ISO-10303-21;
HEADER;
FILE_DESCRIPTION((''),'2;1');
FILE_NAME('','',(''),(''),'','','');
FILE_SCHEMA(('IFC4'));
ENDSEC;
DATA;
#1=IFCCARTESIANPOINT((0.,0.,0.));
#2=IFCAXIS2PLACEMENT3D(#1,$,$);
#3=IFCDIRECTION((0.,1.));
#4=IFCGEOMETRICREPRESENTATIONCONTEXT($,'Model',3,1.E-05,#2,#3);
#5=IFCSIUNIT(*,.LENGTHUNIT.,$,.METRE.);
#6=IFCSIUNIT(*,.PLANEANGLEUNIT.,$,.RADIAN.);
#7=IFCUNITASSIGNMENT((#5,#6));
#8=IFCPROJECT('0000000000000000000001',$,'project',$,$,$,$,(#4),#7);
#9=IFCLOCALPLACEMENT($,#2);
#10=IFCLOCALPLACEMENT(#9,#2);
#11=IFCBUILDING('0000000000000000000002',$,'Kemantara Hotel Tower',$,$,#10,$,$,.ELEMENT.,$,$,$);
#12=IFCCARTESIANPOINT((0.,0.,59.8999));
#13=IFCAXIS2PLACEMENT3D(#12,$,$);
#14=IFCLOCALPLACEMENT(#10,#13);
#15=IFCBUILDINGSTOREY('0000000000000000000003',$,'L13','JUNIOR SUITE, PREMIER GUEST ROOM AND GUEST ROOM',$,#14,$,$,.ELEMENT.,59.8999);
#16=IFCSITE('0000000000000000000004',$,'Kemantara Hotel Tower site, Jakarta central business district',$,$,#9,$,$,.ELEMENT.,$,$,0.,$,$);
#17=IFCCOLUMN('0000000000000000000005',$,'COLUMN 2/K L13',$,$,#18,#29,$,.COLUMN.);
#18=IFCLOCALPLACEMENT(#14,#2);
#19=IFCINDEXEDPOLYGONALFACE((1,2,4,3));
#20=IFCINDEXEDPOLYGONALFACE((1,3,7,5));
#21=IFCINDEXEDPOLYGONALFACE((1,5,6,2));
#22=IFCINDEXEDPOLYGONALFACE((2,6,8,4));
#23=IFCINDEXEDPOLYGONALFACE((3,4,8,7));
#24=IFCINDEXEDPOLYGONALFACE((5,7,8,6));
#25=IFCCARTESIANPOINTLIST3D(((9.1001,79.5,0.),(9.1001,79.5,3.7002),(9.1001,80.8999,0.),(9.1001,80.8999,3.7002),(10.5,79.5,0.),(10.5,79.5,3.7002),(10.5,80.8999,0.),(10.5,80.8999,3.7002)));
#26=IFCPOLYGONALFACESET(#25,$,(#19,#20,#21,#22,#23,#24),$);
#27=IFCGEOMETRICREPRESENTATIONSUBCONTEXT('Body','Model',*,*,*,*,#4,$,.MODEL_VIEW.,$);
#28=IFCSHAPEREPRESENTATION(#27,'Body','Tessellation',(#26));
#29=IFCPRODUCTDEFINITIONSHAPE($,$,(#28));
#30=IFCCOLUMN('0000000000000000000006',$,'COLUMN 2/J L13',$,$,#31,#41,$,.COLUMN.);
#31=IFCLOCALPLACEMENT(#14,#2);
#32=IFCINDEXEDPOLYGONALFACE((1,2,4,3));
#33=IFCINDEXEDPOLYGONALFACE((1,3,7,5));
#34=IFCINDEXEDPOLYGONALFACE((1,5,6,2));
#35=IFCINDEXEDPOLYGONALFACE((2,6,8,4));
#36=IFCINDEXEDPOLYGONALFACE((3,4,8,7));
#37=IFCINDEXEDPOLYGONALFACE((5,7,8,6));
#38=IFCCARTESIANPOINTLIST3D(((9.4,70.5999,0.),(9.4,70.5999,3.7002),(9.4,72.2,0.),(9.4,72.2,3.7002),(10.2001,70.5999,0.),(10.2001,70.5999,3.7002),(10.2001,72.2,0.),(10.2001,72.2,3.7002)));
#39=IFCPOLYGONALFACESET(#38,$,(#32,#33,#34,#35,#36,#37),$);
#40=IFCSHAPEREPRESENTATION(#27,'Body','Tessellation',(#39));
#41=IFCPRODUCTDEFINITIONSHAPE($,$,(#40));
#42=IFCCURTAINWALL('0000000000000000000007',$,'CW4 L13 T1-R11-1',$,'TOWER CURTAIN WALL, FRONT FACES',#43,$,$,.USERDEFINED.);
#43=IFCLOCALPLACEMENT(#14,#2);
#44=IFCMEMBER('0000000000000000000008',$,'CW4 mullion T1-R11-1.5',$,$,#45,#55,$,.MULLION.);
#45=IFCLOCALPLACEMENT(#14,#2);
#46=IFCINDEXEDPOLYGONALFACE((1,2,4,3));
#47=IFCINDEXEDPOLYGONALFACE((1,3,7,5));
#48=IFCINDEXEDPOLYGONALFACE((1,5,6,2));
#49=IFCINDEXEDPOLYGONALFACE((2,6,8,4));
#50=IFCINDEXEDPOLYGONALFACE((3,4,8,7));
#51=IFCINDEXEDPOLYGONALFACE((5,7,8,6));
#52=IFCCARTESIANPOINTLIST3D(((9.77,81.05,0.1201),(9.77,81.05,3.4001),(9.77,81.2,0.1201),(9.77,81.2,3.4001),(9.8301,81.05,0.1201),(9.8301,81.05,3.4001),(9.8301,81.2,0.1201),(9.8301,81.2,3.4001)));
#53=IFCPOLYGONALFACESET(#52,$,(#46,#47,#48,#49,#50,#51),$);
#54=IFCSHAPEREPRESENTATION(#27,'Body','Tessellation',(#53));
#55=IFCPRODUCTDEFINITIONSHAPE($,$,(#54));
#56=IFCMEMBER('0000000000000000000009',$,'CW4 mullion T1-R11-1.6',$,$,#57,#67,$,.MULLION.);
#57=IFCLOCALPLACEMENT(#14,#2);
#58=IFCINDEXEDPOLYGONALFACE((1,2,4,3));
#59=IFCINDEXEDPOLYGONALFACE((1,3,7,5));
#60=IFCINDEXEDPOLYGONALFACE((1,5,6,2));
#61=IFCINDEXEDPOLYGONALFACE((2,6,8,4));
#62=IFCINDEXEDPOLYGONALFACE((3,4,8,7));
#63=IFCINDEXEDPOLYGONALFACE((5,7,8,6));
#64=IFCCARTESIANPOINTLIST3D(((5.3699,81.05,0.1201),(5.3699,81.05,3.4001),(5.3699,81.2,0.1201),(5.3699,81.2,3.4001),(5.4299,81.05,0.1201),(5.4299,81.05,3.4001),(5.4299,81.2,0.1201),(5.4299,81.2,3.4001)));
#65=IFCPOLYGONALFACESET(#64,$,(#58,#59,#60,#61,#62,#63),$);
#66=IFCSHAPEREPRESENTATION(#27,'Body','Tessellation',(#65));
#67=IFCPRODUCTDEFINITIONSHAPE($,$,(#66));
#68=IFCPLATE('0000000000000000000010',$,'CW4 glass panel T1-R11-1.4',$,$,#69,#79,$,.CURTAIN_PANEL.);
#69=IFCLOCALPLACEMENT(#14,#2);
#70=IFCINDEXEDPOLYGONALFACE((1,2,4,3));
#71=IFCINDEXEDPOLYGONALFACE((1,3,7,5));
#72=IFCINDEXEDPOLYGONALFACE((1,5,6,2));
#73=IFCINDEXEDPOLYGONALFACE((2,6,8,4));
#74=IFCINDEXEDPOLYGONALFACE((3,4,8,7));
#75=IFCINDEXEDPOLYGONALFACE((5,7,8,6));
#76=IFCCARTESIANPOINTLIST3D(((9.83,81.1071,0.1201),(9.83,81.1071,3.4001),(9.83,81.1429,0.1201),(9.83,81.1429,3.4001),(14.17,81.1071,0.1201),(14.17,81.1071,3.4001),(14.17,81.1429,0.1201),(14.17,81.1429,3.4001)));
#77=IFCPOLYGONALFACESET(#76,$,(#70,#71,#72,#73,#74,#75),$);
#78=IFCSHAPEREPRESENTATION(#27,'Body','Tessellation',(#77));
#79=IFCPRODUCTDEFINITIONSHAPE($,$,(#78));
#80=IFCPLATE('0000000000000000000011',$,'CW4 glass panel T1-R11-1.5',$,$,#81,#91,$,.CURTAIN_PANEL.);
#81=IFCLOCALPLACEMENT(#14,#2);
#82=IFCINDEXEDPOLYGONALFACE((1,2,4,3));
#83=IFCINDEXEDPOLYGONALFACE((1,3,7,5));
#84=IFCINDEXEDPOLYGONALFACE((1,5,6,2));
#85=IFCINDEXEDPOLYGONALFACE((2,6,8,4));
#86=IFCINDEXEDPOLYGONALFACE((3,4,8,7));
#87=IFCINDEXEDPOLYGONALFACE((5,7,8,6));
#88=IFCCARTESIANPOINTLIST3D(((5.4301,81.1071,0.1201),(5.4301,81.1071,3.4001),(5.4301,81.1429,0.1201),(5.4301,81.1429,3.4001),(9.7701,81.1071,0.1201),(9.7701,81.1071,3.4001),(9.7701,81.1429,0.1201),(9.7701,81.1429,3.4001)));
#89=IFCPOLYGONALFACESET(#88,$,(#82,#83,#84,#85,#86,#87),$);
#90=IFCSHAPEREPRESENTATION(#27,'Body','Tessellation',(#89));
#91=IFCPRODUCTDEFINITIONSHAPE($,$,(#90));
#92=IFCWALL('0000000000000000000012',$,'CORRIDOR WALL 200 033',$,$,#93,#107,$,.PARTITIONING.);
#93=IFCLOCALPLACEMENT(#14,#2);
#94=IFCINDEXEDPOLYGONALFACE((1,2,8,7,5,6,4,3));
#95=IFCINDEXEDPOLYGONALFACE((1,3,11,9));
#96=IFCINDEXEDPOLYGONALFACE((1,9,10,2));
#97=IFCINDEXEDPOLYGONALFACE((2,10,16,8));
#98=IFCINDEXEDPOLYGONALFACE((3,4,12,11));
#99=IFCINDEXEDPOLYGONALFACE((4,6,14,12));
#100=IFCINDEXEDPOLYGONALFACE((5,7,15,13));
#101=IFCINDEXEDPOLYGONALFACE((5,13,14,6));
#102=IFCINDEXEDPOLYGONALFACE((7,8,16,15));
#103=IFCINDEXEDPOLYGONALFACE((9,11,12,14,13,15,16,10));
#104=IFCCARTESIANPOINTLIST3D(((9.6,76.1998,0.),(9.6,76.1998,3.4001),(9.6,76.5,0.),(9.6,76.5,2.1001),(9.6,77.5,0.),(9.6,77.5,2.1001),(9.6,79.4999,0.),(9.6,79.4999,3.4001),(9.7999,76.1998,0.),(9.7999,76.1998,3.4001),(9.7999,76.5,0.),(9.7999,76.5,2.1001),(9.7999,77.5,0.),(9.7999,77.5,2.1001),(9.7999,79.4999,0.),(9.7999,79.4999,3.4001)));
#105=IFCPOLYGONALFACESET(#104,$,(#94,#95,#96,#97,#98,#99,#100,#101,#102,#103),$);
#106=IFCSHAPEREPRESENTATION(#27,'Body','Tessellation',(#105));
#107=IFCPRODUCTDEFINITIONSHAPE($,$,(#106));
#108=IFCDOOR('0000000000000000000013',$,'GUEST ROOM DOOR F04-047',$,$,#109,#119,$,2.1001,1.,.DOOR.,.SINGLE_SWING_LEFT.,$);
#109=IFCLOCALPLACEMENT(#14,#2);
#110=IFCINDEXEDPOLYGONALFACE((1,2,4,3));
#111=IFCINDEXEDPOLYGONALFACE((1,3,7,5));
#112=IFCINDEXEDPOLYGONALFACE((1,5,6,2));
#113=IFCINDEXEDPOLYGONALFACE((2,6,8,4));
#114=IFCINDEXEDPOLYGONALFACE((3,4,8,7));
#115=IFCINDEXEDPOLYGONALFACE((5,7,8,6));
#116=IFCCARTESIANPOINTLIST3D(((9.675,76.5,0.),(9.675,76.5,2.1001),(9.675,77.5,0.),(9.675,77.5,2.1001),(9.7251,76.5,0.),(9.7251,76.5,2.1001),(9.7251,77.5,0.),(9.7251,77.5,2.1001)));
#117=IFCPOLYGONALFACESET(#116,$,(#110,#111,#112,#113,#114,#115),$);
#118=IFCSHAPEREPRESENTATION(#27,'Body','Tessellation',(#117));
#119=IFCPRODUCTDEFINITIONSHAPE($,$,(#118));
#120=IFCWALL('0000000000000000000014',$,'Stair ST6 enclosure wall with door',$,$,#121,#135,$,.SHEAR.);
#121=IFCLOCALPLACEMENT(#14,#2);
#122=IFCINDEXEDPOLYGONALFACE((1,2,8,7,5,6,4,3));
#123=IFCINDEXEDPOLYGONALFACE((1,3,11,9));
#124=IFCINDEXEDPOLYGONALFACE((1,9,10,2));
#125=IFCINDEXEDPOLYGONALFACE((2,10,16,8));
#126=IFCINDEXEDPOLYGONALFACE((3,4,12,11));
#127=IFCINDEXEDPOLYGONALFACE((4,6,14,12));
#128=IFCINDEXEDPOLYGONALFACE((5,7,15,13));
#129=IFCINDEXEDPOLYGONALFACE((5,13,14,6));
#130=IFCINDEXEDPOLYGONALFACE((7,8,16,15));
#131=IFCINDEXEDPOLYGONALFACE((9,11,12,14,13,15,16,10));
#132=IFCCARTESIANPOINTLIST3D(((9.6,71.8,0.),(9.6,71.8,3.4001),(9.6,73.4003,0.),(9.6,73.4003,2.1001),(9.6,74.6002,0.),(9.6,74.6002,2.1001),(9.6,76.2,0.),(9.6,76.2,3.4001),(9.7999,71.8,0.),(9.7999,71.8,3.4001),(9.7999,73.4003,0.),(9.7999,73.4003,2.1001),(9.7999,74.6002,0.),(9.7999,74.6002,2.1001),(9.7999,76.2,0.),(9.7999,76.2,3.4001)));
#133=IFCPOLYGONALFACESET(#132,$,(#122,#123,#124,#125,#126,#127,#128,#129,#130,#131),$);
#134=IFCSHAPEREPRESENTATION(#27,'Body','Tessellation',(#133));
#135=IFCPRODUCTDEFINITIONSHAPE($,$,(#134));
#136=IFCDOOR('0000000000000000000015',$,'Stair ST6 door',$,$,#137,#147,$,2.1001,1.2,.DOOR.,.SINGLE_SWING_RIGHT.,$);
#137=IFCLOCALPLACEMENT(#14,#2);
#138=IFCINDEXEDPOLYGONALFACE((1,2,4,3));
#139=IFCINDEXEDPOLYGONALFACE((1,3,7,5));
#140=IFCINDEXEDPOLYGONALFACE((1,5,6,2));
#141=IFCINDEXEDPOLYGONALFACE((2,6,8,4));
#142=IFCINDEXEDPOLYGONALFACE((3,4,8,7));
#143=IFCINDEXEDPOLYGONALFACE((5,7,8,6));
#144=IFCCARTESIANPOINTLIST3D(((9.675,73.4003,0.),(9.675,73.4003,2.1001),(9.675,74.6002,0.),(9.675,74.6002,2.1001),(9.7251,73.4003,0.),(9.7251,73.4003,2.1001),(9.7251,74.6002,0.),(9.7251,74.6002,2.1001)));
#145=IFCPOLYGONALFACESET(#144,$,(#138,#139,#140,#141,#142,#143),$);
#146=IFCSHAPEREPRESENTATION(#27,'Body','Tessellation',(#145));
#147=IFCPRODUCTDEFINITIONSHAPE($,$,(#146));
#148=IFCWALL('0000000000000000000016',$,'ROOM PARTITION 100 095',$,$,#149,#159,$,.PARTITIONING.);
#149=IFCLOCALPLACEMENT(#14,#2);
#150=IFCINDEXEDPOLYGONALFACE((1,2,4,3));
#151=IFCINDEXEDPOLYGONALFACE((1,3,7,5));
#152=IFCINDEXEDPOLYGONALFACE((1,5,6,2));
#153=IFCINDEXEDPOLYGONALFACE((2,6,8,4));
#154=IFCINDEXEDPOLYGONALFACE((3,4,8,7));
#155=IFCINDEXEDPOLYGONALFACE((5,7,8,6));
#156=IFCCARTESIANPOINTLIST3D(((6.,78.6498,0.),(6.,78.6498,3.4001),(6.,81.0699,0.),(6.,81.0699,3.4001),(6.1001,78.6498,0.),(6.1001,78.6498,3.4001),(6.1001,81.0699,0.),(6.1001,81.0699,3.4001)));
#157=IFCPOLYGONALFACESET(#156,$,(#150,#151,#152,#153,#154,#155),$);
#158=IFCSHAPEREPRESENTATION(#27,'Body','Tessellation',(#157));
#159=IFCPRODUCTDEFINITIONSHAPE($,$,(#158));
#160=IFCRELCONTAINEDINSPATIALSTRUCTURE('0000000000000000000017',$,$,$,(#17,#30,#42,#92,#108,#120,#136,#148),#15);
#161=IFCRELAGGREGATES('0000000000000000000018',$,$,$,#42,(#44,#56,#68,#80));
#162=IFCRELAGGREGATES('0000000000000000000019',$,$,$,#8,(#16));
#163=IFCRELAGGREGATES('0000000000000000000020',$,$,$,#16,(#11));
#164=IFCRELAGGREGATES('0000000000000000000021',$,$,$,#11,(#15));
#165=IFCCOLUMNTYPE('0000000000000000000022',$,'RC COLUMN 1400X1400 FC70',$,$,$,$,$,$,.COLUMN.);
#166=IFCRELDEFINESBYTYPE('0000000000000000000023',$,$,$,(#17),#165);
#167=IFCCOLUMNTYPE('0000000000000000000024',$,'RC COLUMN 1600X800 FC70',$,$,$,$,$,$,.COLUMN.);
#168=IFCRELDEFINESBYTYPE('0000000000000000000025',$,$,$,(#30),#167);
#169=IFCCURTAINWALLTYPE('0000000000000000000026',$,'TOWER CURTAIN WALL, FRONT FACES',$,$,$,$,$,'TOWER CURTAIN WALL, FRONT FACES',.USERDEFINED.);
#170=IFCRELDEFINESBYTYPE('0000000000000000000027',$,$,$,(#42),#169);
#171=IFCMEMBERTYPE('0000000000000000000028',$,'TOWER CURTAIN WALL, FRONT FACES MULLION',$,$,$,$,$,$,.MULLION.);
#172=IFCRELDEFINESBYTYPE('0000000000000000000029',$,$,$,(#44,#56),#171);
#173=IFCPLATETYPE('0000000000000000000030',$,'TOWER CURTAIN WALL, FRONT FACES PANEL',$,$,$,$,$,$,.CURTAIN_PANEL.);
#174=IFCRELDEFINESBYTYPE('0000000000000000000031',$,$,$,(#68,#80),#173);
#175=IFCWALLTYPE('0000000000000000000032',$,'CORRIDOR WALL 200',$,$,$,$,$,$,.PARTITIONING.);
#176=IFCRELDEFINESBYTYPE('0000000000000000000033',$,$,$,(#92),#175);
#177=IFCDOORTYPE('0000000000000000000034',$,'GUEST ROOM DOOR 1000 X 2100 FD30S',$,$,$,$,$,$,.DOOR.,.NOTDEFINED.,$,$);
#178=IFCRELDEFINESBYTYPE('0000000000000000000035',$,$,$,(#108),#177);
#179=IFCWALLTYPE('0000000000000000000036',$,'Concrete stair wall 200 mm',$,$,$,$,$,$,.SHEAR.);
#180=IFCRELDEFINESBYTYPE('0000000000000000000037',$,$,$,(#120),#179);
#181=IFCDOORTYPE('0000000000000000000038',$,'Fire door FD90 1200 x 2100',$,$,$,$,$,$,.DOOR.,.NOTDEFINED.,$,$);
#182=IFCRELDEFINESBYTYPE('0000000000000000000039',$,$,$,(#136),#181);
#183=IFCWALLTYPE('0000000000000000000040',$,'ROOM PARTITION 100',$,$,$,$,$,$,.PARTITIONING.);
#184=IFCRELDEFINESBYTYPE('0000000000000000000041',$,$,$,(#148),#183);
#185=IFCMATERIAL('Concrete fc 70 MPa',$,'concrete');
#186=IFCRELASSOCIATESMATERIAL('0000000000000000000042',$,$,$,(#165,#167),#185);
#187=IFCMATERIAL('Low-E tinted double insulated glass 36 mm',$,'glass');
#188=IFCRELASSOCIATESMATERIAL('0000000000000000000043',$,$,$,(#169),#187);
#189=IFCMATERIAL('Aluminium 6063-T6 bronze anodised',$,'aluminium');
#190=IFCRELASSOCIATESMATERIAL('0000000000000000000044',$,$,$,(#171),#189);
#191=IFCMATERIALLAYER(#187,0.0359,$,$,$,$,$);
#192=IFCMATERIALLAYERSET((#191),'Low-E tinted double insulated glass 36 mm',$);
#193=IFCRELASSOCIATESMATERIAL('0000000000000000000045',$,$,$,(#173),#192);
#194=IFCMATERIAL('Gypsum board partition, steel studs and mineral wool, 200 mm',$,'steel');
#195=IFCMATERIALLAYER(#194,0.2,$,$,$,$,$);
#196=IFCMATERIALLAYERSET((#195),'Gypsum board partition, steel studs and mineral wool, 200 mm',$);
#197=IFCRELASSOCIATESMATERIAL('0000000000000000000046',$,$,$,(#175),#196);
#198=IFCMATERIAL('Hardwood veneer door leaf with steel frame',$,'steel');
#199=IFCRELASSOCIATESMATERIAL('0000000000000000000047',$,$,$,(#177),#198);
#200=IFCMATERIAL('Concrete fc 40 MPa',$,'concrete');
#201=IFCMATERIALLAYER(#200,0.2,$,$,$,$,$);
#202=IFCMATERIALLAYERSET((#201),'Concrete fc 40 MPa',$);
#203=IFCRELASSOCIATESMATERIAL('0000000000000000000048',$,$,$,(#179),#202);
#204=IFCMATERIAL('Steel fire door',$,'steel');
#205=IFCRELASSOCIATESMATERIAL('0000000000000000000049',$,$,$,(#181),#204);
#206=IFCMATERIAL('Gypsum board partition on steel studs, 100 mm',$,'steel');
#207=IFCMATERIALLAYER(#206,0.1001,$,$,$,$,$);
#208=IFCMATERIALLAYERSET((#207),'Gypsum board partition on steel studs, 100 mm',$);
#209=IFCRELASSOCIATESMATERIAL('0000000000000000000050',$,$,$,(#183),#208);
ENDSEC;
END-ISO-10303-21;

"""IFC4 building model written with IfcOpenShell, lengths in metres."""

from ifc_helpers import new_model, si_unit, direction, frame, frame_2d, origin, origin_2d, place, context, subcontext, project, spatial, rectangle, extrude, source, transform, mapped, material, layer, layer_set, material_profile, profile_set, type_object, element, fill, aggregate, save


model = new_model("IFC4")

# Units and contexts
model_context = context("Model", 3, precision=1e-05, world=origin(), true_north=direction((0.0, 1.0)))
body_context = subcontext(model_context, "Body", "Model", "MODEL_VIEW")
ifc_project = project(units=[si_unit("LENGTHUNIT", "METRE"), si_unit("PLANEANGLEUNIT", "RADIAN")], contexts=[model_context])

# Site, building, storey
site_placement = place(None, origin())
site = spatial("IfcSite", under=ifc_project, at=site_placement, Name="Kemantara Hotel Tower site, Jakarta central business district", CompositionType="ELEMENT", RefElevation=0.0)
building_placement = place(site_placement, origin())
building = spatial("IfcBuilding", under=site, at=building_placement, Name="Kemantara Hotel Tower", CompositionType="ELEMENT")
storey_placement = place(building_placement, frame((0.0, 0.0, 59.8999)))
storey = spatial("IfcBuildingStorey", under=building, at=storey_placement, Name="L13", Description="JUNIOR SUITE, PREMIER GUEST ROOM AND GUEST ROOM", CompositionType="ELEMENT", Elevation=59.8999)

# Columns
ifc_material_1 = material(Name="Concrete fc 70 MPa", Category="concrete")
ifc_material_profile_1 = material_profile(ifc_material_1, rectangle(XDim=1.3999, YDim=1.3999, at=origin_2d()), Name="RC 1400X1400")
ifc_profile_set_1 = profile_set([ifc_material_profile_1], Name="Concrete fc 70 MPa")
column_type_1 = type_object("IfcColumnType", Name="RC COLUMN 1400X1400 FC70", PredefinedType="COLUMN", material=ifc_profile_set_1)
column_1_placement = place(storey_placement, frame((9.8, 80.2, 0.0), z_axis=(0.0, 0.0, 1.0), x_axis=(1.0, 0.0, 0.0)))
element("IfcColumn", 1, at=column_1_placement, inside=storey, type_object=column_type_1, Name="COLUMN 2/K L13", PredefinedType="COLUMN", context=body_context, shape_type="SweptSolid", body=[
    extrude(rectangle(XDim=1.3999, YDim=1.3999, at=origin_2d()), origin(), (0.0, 0.0, 1.0), 3.7002),
])
ifc_material_profile_2 = material_profile(ifc_material_1, rectangle(XDim=1.6001, YDim=0.8, at=origin_2d()), Name="RC 1600X800")
ifc_profile_set_2 = profile_set([ifc_material_profile_2], Name="Concrete fc 70 MPa")
column_type_2 = type_object("IfcColumnType", Name="RC COLUMN 1600X800 FC70", PredefinedType="COLUMN", material=ifc_profile_set_2)
column_2_placement = place(storey_placement, frame((9.8, 71.3999, 0.0), z_axis=(0.0, 0.0, 1.0), x_axis=(0.0, 1.0, 0.0)))
element("IfcColumn", 2, at=column_2_placement, inside=storey, type_object=column_type_2, Name="COLUMN 2/J L13", PredefinedType="COLUMN", context=body_context, shape_type="SweptSolid", body=[
    extrude(rectangle(XDim=1.6001, YDim=0.8, at=origin_2d()), origin(), (0.0, 0.0, 1.0), 3.7002),
])

# Curtain wall, members, plates
ifc_material_2 = material(Name="Low-E tinted double insulated glass 36 mm", Category="glass")
curtain_wall_type = type_object("IfcCurtainWallType", Name="TOWER CURTAIN WALL, FRONT FACES", ElementType="TOWER CURTAIN WALL, FRONT FACES", PredefinedType="USERDEFINED", material=ifc_material_2)
curtain_wall_placement = place(storey_placement, origin())
curtain_wall = element("IfcCurtainWall", 3, at=curtain_wall_placement, inside=storey, type_object=curtain_wall_type, Name="CW4 L13 T1-R11-1", ObjectType="TOWER CURTAIN WALL, FRONT FACES", PredefinedType="USERDEFINED")
ifc_material_3 = material(Name="Aluminium 6063-T6 bronze anodised", Category="aluminium")
ifc_material_profile_3 = material_profile(ifc_material_3, rectangle(XDim=0.1499, YDim=0.0601, at=origin_2d()), Name="TOWER CURTAIN WALL, FRONT FACES MULLION")
ifc_profile_set_3 = profile_set([ifc_material_profile_3], Name="Aluminium 6063-T6 bronze anodised")
member_type = type_object("IfcMemberType", Name="TOWER CURTAIN WALL, FRONT FACES MULLION", PredefinedType="MULLION", material=ifc_profile_set_3)
shared_shape_1 = source(origin(), body_context, "Body", "SweptSolid", [
    extrude(rectangle(XDim=0.1499, YDim=0.0601, at=origin_2d()), origin(), (0.0, 0.0, 1.0), 3.28),
])
member_1_placement = place(storey_placement, frame((9.8, 81.125, 0.1201), z_axis=(0.0, 0.0, 1.0), x_axis=(0.0, -1.0, 0.0)))
member_1 = element("IfcMember", 4, at=member_1_placement, type_object=member_type, Name="CW4 mullion T1-R11-1.5", PredefinedType="MULLION", context=body_context, shape_type="MappedRepresentation", body=[
    mapped(shared_shape_1, transform((0.0, 0.0, 0.0))),
])
member_2_placement = place(storey_placement, frame((5.3999, 81.125, 0.1201), z_axis=(0.0, 0.0, 1.0), x_axis=(0.0, -1.0, 0.0)))
member_2 = element("IfcMember", 5, at=member_2_placement, type_object=member_type, Name="CW4 mullion T1-R11-1.6", PredefinedType="MULLION", context=body_context, shape_type="MappedRepresentation", body=[
    mapped(shared_shape_1, transform((0.0, 0.0, 0.0))),
])
ifc_layer_1 = layer(ifc_material_2, 0.0359)
ifc_layer_set_1 = layer_set([ifc_layer_1], Name="Low-E tinted double insulated glass 36 mm")
plate_type = type_object("IfcPlateType", Name="TOWER CURTAIN WALL, FRONT FACES PANEL", PredefinedType="CURTAIN_PANEL", material=ifc_layer_set_1)
shared_shape_2 = source(origin(), body_context, "Body", "SweptSolid", [
    extrude(rectangle(XDim=4.3401, YDim=0.0359, at=origin_2d()), origin(), (0.0, 0.0, 1.0), 3.28),
])
plate_1_placement = place(storey_placement, frame((12.0, 81.125, 0.1201), z_axis=(0.0, 0.0, 1.0), x_axis=(-1.0, 0.0, 0.0)))
plate_1 = element("IfcPlate", 6, at=plate_1_placement, type_object=plate_type, Name="CW4 glass panel T1-R11-1.4", PredefinedType="CURTAIN_PANEL", context=body_context, shape_type="MappedRepresentation", body=[
    mapped(shared_shape_2, transform((0.0, 0.0, 0.0))),
])
plate_2_placement = place(storey_placement, frame((7.6001, 81.125, 0.1201), z_axis=(0.0, 0.0, 1.0), x_axis=(-1.0, 0.0, 0.0)))
plate_2 = element("IfcPlate", 7, at=plate_2_placement, type_object=plate_type, Name="CW4 glass panel T1-R11-1.5", PredefinedType="CURTAIN_PANEL", context=body_context, shape_type="MappedRepresentation", body=[
    mapped(shared_shape_2, transform((0.0, 0.0, 0.0))),
])
aggregate(curtain_wall, [member_1, member_2, plate_1, plate_2])

# Walls, openings, doors
ifc_material_4 = material(Name="Gypsum board partition, steel studs and mineral wool, 200 mm", Category="steel")
ifc_layer_2 = layer(ifc_material_4, 0.2)
ifc_layer_set_2 = layer_set([ifc_layer_2], Name="Gypsum board partition, steel studs and mineral wool, 200 mm")
wall_type_1 = type_object("IfcWallType", Name="CORRIDOR WALL 200", PredefinedType="PARTITIONING", material=ifc_layer_set_2)
wall_1_placement = place(storey_placement, frame((9.7, 76.2, 0.0), z_axis=(0.0, 0.0, 1.0), x_axis=(0.0, 1.0, 0.0)))
wall_1 = element("IfcWall", 8, at=wall_1_placement, inside=storey, type_object=wall_type_1, Name="CORRIDOR WALL 200 033", PredefinedType="PARTITIONING", context=body_context, shape_type="SweptSolid", body=[
    extrude(rectangle(XDim=3.3, YDim=0.2, at=frame_2d((1.6499, 0.0))), origin(), (0.0, 0.0, 1.0), 3.4001),
])
opening_1_placement = place(wall_1_placement, frame((0.3, 0.0, 0.0)))
opening_1 = element("IfcOpeningElement", 9, at=opening_1_placement, cuts=wall_1, PredefinedType="OPENING", context=body_context, shape_type="SweptSolid", body=[
    extrude(rectangle(XDim=1.0, YDim=2.1001, at=frame_2d((0.5, 1.05))), frame((0.0, 0.1099, 0.0), z_axis=(0.0, -1.0, 0.0), x_axis=(1.0, 0.0, 0.0)), (0.0, 0.0, 1.0), 0.22),
])
ifc_material_5 = material(Name="Hardwood veneer door leaf with steel frame", Category="steel")
door_type_1 = type_object("IfcDoorType", Name="GUEST ROOM DOOR 1000 X 2100 FD30S", OperationType="NOTDEFINED", PredefinedType="DOOR", material=ifc_material_5)
door_1_placement = place(opening_1_placement, origin())
door_1 = element("IfcDoor", 10, at=door_1_placement, inside=storey, type_object=door_type_1, Name="GUEST ROOM DOOR F04-047", OperationType="SINGLE_SWING_LEFT", OverallHeight=2.1001, OverallWidth=1.0, PredefinedType="DOOR", context=body_context, shape_type="SweptSolid", body=[
    extrude(rectangle(XDim=1.0, YDim=2.1001, at=frame_2d((0.5, 1.05))), frame((0.0, 0.0249, 0.0), z_axis=(0.0, -1.0, 0.0), x_axis=(1.0, 0.0, 0.0)), (0.0, 0.0, 1.0), 0.05),
])
fill(opening_1, door_1)
ifc_material_6 = material(Name="Concrete fc 40 MPa", Category="concrete")
ifc_layer_3 = layer(ifc_material_6, 0.2)
ifc_layer_set_3 = layer_set([ifc_layer_3], Name="Concrete fc 40 MPa")
wall_type_2 = type_object("IfcWallType", Name="Concrete stair wall 200 mm", PredefinedType="SHEAR", material=ifc_layer_set_3)
wall_2_placement = place(storey_placement, frame((9.7, 71.8, 0.0), z_axis=(0.0, 0.0, 1.0), x_axis=(0.0, 1.0, 0.0)))
wall_2 = element("IfcWall", 11, at=wall_2_placement, inside=storey, type_object=wall_type_2, Name="Stair ST6 enclosure wall with door", PredefinedType="SHEAR", context=body_context, shape_type="SweptSolid", body=[
    extrude(rectangle(XDim=4.3999, YDim=0.2, at=frame_2d((2.2, 0.0))), origin(), (0.0, 0.0, 1.0), 3.4001),
])
opening_2_placement = place(wall_2_placement, frame((1.6001, 0.0, 0.0)))
opening_2 = element("IfcOpeningElement", 12, at=opening_2_placement, cuts=wall_2, PredefinedType="OPENING", context=body_context, shape_type="SweptSolid", body=[
    extrude(rectangle(XDim=1.2, YDim=2.1001, at=frame_2d((0.6001, 1.05))), frame((0.0, 0.1099, 0.0), z_axis=(0.0, -1.0, 0.0), x_axis=(1.0, 0.0, 0.0)), (0.0, 0.0, 1.0), 0.22),
])
ifc_material_7 = material(Name="Steel fire door", Category="steel")
door_type_2 = type_object("IfcDoorType", Name="Fire door FD90 1200 x 2100", OperationType="NOTDEFINED", PredefinedType="DOOR", material=ifc_material_7)
door_2_placement = place(opening_2_placement, origin())
door_2 = element("IfcDoor", 13, at=door_2_placement, inside=storey, type_object=door_type_2, Name="Stair ST6 door", OperationType="SINGLE_SWING_RIGHT", OverallHeight=2.1001, OverallWidth=1.2, PredefinedType="DOOR", context=body_context, shape_type="SweptSolid", body=[
    extrude(rectangle(XDim=1.2, YDim=2.1001, at=frame_2d((0.6001, 1.05))), frame((0.0, 0.0249, 0.0), z_axis=(0.0, -1.0, 0.0), x_axis=(1.0, 0.0, 0.0)), (0.0, 0.0, 1.0), 0.05),
])
fill(opening_2, door_2)

# Wall
ifc_material_8 = material(Name="Gypsum board partition on steel studs, 100 mm", Category="steel")
ifc_layer_4 = layer(ifc_material_8, 0.1001)
ifc_layer_set_4 = layer_set([ifc_layer_4], Name="Gypsum board partition on steel studs, 100 mm")
wall_type_3 = type_object("IfcWallType", Name="ROOM PARTITION 100", PredefinedType="PARTITIONING", material=ifc_layer_set_4)
wall_3_placement = place(storey_placement, frame((6.05, 78.6499, 0.0), z_axis=(0.0, 0.0, 1.0), x_axis=(0.0, 1.0, 0.0)))
element("IfcWall", 14, at=wall_3_placement, inside=storey, type_object=wall_type_3, Name="ROOM PARTITION 100 095", PredefinedType="PARTITIONING", context=body_context, shape_type="SweptSolid", body=[
    extrude(rectangle(XDim=2.4202, YDim=0.1001, at=frame_2d((1.21, 0.0))), origin(), (0.0, 0.0, 1.0), 3.4001),
])

save(model, "model.ifc")
